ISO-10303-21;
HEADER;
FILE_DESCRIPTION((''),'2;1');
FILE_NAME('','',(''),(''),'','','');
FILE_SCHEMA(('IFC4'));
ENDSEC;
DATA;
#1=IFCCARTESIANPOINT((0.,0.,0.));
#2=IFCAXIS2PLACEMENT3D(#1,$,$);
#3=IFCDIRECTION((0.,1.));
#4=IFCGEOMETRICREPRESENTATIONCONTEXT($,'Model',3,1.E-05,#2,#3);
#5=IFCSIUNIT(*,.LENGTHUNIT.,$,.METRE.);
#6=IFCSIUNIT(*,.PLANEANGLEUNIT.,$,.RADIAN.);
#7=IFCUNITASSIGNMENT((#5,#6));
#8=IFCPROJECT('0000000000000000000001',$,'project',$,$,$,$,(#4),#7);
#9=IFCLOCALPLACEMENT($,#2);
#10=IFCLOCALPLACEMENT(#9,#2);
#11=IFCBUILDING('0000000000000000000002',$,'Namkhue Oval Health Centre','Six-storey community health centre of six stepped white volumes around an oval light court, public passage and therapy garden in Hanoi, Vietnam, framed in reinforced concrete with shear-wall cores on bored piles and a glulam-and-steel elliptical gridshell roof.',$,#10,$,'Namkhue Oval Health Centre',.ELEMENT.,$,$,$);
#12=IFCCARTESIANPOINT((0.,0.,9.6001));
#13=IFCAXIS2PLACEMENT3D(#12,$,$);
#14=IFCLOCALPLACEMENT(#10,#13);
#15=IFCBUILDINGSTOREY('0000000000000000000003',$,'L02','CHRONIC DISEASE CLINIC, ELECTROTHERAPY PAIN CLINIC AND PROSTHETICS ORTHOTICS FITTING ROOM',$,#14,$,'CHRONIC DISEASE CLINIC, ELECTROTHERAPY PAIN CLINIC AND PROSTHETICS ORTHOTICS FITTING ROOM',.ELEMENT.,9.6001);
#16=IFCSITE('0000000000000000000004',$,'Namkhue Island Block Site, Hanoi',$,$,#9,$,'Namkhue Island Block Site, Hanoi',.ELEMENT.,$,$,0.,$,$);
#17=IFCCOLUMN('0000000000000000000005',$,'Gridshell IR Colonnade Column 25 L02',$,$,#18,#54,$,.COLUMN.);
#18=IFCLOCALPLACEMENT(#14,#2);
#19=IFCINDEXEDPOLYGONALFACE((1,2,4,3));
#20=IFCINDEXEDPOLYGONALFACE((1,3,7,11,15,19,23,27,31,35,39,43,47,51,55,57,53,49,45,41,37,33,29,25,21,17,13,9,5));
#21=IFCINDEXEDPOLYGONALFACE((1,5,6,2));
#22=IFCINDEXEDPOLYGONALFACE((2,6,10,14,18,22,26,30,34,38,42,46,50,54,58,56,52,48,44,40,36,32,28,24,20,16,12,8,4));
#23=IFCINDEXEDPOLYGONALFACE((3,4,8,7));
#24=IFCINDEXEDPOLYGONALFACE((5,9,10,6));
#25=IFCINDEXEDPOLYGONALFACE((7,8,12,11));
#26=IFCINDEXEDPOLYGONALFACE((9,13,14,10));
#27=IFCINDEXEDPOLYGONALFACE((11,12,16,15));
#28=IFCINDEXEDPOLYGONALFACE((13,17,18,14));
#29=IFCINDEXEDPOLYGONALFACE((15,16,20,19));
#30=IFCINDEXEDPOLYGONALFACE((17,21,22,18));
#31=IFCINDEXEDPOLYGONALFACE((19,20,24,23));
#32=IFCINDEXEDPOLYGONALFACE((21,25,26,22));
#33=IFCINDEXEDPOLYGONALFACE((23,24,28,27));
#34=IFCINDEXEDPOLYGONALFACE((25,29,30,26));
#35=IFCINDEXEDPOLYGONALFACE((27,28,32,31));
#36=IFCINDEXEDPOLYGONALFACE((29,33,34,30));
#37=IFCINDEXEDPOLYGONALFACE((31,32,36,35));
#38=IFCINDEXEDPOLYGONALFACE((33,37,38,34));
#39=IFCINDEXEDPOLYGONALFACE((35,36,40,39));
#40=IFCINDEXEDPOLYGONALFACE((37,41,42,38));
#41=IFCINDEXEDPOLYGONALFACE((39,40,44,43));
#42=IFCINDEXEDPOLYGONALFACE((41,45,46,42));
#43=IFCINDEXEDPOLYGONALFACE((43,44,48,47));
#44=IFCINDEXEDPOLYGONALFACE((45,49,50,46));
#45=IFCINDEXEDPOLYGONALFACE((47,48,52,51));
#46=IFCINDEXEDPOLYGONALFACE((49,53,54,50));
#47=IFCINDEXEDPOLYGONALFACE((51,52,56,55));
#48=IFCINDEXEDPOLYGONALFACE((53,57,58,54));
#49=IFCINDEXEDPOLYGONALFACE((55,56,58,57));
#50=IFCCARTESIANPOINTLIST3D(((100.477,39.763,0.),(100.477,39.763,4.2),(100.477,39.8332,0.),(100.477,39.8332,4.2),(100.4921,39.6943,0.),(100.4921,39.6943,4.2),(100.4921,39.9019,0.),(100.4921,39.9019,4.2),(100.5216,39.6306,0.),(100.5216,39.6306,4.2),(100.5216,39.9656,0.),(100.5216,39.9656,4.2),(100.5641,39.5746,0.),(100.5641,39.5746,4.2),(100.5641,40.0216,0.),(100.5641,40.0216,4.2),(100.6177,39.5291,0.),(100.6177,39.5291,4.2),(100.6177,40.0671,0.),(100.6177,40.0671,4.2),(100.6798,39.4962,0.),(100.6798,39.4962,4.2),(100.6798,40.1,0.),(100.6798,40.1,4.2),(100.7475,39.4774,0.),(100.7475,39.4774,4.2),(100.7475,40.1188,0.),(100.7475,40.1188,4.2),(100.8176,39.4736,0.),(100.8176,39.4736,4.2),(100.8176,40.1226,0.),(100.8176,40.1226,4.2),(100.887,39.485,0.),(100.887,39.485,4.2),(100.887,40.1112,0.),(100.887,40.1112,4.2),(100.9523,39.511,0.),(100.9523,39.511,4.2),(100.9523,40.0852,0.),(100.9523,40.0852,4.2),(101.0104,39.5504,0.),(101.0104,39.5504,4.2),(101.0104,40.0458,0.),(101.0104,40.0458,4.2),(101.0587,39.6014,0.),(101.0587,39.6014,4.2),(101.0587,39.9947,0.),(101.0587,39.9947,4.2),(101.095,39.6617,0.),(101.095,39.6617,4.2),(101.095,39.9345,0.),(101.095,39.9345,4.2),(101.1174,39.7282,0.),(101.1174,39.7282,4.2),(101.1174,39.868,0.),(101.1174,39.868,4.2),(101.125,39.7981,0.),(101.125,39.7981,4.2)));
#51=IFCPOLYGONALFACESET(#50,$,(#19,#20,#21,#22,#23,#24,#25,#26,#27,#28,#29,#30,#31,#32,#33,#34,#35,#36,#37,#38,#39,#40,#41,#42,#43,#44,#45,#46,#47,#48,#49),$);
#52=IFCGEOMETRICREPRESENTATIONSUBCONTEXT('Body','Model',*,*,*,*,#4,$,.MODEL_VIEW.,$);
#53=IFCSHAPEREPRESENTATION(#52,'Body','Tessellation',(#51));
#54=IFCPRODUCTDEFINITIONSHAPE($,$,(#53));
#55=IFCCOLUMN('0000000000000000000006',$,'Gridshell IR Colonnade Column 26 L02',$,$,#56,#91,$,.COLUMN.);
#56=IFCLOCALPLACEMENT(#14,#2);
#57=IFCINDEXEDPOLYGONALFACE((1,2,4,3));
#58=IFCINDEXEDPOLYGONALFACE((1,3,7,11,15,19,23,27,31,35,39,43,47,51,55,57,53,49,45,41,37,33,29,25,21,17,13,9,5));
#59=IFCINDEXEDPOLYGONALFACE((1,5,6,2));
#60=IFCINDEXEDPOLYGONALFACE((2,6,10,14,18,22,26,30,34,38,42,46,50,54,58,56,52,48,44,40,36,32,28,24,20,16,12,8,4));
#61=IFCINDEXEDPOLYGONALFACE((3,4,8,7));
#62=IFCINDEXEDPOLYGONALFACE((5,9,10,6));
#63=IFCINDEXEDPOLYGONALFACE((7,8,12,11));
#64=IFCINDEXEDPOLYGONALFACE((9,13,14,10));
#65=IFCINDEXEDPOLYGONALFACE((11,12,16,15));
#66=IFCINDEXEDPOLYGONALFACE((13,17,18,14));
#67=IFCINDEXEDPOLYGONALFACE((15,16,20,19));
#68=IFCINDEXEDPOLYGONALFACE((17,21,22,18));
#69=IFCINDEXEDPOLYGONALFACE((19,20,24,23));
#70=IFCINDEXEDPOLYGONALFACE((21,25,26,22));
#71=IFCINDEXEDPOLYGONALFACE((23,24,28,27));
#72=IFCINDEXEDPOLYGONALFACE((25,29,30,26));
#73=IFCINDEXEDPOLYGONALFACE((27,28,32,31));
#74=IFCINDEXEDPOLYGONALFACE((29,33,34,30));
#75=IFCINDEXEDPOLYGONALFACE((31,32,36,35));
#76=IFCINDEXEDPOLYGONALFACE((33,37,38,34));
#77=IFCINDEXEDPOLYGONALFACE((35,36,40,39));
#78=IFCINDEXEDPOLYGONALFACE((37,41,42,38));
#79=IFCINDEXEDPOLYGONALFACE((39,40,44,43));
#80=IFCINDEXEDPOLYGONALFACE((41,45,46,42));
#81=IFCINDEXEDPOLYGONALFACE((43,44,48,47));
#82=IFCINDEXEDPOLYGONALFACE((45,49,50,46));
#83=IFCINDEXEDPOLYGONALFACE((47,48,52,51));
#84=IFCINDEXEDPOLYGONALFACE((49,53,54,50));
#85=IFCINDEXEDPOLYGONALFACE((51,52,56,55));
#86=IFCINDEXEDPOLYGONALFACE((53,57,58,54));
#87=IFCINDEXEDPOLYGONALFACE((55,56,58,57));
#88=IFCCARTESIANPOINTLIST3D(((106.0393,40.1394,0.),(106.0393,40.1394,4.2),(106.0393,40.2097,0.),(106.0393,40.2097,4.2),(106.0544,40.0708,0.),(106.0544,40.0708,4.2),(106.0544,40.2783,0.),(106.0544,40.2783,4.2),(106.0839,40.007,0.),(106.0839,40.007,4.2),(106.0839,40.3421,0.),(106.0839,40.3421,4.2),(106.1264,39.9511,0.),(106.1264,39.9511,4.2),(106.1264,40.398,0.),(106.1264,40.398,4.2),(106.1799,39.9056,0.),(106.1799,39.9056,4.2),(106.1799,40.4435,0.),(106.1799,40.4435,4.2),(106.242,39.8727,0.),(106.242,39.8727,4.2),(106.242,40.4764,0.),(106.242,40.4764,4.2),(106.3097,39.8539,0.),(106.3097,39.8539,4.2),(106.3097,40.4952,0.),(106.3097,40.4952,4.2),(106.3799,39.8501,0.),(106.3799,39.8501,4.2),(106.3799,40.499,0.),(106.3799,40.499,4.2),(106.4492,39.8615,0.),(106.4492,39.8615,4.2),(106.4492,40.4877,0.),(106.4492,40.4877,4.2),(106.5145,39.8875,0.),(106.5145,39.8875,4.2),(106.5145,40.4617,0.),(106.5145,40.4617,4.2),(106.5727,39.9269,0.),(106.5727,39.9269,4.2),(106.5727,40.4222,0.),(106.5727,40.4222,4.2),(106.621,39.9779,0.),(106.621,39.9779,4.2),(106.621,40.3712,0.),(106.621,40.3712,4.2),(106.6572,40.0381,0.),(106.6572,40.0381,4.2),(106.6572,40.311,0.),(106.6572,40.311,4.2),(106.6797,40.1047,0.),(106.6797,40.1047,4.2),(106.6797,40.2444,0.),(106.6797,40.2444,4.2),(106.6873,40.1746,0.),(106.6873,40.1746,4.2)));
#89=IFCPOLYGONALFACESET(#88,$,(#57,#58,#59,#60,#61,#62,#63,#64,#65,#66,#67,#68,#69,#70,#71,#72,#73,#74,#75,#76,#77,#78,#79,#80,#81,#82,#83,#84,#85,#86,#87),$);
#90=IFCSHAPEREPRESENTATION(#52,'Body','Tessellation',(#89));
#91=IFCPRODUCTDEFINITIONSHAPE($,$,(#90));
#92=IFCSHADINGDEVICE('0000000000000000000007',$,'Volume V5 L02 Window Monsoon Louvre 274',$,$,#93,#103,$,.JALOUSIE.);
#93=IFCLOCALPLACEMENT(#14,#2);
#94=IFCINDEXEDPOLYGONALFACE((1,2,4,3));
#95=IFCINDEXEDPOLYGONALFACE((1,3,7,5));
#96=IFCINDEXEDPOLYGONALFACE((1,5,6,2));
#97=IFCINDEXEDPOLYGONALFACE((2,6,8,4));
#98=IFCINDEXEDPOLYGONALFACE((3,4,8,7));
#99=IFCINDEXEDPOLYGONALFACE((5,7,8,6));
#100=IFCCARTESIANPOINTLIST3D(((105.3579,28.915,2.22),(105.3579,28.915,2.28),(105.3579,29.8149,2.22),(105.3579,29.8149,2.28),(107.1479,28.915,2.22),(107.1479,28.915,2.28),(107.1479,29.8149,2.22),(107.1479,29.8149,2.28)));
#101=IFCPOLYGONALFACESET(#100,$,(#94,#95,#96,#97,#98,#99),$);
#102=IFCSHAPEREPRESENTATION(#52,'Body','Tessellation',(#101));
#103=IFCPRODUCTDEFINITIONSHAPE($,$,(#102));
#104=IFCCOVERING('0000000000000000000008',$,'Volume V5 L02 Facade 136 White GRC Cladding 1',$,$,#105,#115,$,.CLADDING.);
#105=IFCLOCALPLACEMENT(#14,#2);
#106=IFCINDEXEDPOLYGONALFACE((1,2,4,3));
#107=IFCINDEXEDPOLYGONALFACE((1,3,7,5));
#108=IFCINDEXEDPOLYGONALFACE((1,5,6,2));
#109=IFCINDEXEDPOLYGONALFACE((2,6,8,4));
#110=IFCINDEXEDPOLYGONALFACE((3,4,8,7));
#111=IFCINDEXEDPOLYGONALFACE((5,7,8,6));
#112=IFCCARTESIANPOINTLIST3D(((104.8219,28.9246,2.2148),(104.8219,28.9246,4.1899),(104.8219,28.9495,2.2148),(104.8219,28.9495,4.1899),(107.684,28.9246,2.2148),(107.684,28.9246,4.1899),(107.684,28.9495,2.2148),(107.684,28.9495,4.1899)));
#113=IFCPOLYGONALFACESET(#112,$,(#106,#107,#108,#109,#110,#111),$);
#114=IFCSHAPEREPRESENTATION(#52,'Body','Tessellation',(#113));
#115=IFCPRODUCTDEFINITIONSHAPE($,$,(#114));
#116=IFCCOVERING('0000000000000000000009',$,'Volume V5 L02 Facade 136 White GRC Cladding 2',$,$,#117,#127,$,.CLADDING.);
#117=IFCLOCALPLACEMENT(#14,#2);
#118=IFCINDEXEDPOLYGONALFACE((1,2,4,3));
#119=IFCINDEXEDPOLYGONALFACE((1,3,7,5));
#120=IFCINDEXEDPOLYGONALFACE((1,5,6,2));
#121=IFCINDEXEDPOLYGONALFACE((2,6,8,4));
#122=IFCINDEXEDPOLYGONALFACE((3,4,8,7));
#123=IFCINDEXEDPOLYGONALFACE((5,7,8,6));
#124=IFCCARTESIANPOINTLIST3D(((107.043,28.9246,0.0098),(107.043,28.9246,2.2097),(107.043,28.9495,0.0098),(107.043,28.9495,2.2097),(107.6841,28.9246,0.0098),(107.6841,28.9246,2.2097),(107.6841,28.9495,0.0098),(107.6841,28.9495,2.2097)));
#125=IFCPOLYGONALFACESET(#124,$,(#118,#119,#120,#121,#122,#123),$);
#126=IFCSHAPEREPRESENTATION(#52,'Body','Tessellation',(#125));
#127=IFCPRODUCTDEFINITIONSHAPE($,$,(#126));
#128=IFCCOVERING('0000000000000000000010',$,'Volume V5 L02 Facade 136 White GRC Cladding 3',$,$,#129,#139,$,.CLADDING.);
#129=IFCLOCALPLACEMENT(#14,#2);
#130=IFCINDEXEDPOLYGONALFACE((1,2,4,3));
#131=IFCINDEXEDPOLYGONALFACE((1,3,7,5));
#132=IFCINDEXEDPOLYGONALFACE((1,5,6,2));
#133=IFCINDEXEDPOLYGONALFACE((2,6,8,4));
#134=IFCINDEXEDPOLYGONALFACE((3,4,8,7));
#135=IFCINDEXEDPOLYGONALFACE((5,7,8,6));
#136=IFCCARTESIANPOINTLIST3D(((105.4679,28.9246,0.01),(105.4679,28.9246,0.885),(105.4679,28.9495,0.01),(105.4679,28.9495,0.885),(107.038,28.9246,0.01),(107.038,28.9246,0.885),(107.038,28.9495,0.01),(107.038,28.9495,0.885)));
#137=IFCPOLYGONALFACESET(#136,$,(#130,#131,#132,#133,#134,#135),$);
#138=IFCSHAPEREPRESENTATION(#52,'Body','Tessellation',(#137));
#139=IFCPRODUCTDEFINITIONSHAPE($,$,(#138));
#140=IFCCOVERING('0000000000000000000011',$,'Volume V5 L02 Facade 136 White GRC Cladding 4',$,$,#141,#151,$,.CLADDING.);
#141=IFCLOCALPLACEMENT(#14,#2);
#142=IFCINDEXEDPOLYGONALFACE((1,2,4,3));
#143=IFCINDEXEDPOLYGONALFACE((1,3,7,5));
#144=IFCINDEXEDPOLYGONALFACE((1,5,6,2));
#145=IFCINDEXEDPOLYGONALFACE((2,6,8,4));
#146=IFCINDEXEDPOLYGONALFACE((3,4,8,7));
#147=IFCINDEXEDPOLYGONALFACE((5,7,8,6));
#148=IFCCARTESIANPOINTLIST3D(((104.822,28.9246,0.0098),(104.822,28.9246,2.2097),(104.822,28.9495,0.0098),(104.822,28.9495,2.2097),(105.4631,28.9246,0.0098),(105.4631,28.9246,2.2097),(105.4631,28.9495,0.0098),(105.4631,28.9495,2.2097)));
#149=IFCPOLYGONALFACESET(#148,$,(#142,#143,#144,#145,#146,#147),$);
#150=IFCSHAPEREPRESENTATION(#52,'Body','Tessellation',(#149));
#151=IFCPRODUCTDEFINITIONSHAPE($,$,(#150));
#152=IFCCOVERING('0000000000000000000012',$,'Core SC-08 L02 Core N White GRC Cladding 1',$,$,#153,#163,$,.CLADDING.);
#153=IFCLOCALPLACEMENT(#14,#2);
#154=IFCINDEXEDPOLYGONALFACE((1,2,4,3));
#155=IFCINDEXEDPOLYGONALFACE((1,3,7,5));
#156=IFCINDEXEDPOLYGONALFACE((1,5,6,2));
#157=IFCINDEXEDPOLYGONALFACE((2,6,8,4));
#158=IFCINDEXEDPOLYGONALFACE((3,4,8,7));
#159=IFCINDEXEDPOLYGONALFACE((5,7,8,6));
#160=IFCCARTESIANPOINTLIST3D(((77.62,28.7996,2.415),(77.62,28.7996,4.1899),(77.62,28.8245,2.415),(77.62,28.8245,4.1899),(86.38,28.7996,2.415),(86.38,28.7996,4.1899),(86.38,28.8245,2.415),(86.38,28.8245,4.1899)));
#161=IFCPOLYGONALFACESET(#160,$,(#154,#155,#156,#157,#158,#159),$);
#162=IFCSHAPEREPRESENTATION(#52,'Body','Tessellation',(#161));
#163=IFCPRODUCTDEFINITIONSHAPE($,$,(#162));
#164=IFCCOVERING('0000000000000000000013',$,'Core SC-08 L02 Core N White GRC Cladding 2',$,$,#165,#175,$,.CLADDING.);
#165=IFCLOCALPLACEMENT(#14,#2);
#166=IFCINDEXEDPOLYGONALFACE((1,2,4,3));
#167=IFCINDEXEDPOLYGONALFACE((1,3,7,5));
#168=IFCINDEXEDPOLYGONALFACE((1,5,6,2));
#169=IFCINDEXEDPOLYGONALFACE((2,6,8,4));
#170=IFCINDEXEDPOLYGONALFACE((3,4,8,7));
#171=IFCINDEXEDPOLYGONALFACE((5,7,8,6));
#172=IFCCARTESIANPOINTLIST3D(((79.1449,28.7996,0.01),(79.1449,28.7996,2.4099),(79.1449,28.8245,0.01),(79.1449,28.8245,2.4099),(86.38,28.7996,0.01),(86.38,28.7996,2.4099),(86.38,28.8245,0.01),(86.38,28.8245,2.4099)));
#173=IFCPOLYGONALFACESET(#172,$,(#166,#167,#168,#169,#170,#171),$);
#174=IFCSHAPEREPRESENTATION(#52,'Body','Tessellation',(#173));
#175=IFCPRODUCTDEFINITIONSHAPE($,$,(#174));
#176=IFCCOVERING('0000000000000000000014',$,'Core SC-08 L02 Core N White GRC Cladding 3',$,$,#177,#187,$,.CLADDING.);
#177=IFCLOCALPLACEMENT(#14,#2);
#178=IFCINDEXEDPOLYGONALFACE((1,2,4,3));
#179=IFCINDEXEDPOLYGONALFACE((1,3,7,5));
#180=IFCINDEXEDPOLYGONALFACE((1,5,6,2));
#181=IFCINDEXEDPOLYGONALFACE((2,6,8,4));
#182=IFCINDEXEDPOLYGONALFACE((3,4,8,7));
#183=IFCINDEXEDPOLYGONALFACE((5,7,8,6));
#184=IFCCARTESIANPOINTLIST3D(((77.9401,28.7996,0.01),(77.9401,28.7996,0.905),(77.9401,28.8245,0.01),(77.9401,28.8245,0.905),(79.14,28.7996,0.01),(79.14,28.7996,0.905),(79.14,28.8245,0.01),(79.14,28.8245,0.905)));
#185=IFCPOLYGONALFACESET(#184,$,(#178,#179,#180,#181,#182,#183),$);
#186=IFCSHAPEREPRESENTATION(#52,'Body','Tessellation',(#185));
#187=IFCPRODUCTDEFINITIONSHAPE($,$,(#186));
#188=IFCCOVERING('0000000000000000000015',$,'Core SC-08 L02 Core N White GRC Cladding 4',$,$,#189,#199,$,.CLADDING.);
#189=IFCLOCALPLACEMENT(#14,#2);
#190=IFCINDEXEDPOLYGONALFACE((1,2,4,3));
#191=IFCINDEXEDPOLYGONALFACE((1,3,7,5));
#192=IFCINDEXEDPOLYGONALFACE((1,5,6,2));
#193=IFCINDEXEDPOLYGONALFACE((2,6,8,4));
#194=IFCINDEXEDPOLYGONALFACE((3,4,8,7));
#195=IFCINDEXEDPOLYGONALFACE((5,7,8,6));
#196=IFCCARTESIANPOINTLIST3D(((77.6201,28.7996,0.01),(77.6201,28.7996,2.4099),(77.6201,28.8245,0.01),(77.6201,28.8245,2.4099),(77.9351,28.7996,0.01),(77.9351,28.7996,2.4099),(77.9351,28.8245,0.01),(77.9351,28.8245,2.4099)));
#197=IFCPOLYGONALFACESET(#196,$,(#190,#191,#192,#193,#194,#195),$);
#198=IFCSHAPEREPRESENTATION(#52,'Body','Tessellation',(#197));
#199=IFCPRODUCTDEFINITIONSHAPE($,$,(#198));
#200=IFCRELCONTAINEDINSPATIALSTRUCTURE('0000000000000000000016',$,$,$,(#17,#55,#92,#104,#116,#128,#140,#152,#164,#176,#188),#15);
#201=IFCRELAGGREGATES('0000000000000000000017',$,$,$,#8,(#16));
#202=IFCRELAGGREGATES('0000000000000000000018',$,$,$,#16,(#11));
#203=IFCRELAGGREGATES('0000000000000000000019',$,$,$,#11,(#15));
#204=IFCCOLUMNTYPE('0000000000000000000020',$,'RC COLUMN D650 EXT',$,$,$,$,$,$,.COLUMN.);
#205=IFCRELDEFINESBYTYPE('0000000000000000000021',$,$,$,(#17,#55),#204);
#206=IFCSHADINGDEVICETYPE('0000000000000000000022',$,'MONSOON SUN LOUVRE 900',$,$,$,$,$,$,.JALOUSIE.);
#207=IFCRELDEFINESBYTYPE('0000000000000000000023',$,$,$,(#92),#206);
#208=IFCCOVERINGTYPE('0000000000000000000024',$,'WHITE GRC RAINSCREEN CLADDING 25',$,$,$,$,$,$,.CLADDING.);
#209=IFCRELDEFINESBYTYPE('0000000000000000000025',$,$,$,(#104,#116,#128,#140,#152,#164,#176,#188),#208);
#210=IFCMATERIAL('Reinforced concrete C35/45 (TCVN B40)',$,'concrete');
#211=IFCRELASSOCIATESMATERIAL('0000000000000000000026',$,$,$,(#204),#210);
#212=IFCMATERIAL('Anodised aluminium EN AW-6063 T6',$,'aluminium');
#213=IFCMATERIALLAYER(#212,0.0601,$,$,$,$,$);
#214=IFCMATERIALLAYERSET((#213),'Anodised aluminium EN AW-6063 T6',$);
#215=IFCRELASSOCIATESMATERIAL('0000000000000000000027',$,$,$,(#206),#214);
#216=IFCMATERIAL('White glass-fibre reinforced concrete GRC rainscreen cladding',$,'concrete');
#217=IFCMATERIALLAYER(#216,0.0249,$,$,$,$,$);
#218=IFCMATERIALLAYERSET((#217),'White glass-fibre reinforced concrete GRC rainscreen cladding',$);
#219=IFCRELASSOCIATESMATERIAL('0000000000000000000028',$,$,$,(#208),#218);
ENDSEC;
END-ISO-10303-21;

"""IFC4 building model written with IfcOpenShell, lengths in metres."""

from ifc_helpers import new_model, si_unit, direction, frame, origin, origin_2d, place, context, subcontext, project, spatial, rectangle, circle, extrude, material, layer, layer_set, material_profile, profile_set, type_object, element, save


model = new_model("IFC4")

# Units and contexts
model_context = context("Model", 3, precision=1e-05, world=origin(), true_north=direction((0.0, 1.0)))
body_context = subcontext(model_context, "Body", "Model", "MODEL_VIEW")
ifc_project = project(units=[si_unit("LENGTHUNIT", "METRE"), si_unit("PLANEANGLEUNIT", "RADIAN")], contexts=[model_context])

# Site, building, storey
site_placement = place(None, origin())
site = spatial("IfcSite", under=ifc_project, at=site_placement, Name="Namkhue Island Block Site, Hanoi", LongName="Namkhue Island Block Site, Hanoi", CompositionType="ELEMENT", RefElevation=0.0)
building_placement = place(site_placement, origin())
building = spatial("IfcBuilding", under=site, at=building_placement, Name="Namkhue Oval Health Centre", Description="Six-storey community health centre of six stepped white volumes around an oval light court, public passage and therapy garden in Hanoi, Vietnam, framed in reinforced concrete with shear-wall cores on bored piles and a glulam-and-steel elliptical gridshell roof.", LongName="Namkhue Oval Health Centre", CompositionType="ELEMENT")
storey_placement = place(building_placement, frame((0.0, 0.0, 9.6001)))
storey = spatial("IfcBuildingStorey", under=building, at=storey_placement, Name="L02", Description="CHRONIC DISEASE CLINIC, ELECTROTHERAPY PAIN CLINIC AND PROSTHETICS ORTHOTICS FITTING ROOM", LongName="CHRONIC DISEASE CLINIC, ELECTROTHERAPY PAIN CLINIC AND PROSTHETICS ORTHOTICS FITTING ROOM", CompositionType="ELEMENT", Elevation=9.6001)

# Columns
ifc_material_1 = material(Name="Reinforced concrete C35/45 (TCVN B40)", Category="concrete")
ifc_material_profile = material_profile(ifc_material_1, circle(Radius=0.325, at=origin_2d()), Name="RC D650")
ifc_profile_set = profile_set([ifc_material_profile], Name="Reinforced concrete C35/45 (TCVN B40)")
column_type = type_object("IfcColumnType", Name="RC COLUMN D650 EXT", PredefinedType="COLUMN", material=ifc_profile_set)
for number, where, z_axis, x_axis, name in (
    (1, (100.8, 39.7981, 0.0), (0.0, 0.0, 1.0), (1.0, 0.0, 0.0), "Gridshell IR Colonnade Column 25 L02"),
    (2, (106.3623, 40.1746, 0.0), (0.0, 0.0, 1.0), (1.0, 0.0, 0.0), "Gridshell IR Colonnade Column 26 L02"),
):
    element("IfcColumn", number, at=place(storey_placement, frame(where, z_axis=z_axis, x_axis=x_axis)), inside=storey, type_object=column_type, Name=name, PredefinedType="COLUMN", context=body_context, shape_type="SweptSolid", body=[
        extrude(circle(Radius=0.325, at=origin_2d()), origin(), (0.0, 0.0, 1.0), 4.2),
    ])

# Shading device
ifc_material_2 = material(Name="Anodised aluminium EN AW-6063 T6", Category="aluminium")
ifc_layer_1 = layer(ifc_material_2, 0.0601)
ifc_layer_set_1 = layer_set([ifc_layer_1], Name="Anodised aluminium EN AW-6063 T6")
shading_device_type = type_object("IfcShadingDeviceType", Name="MONSOON SUN LOUVRE 900", PredefinedType="JALOUSIE", material=ifc_layer_set_1)
shading_device_placement = place(storey_placement, frame((106.2529, 29.365, 2.22), z_axis=(0.0, 0.0, 1.0), x_axis=(-1.0, 0.0, 0.0)))
element("IfcShadingDevice", 3, at=shading_device_placement, inside=storey, type_object=shading_device_type, Name="Volume V5 L02 Window Monsoon Louvre 274", PredefinedType="JALOUSIE", context=body_context, shape_type="SweptSolid", body=[
    extrude(rectangle(XDim=1.79, YDim=0.8999, at=origin_2d()), origin(), (0.0, 0.0, 1.0), 0.0601),
])

# Coverings
ifc_material_3 = material(Name="White glass-fibre reinforced concrete GRC rainscreen cladding", Category="concrete")
ifc_layer_2 = layer(ifc_material_3, 0.0249)
ifc_layer_set_2 = layer_set([ifc_layer_2], Name="White glass-fibre reinforced concrete GRC rainscreen cladding")
covering_type = type_object("IfcCoveringType", Name="WHITE GRC RAINSCREEN CLADDING 25", PredefinedType="CLADDING", material=ifc_layer_set_2)
covering_1_placement = place(storey_placement, frame((106.2529, 28.937, 2.2148), z_axis=(0.0, 0.0, 1.0), x_axis=(-1.0, 0.0, 0.0)))
element("IfcCovering", 4, at=covering_1_placement, inside=storey, type_object=covering_type, Name="Volume V5 L02 Facade 136 White GRC Cladding 1", PredefinedType="CLADDING", context=body_context, shape_type="SweptSolid", body=[
    extrude(rectangle(XDim=2.8621, YDim=0.0249, at=origin_2d()), origin(), (0.0, 0.0, 1.0), 1.9751),
])
covering_2_placement = place(storey_placement, frame((107.3635, 28.937, 0.0098), z_axis=(0.0, 0.0, 1.0), x_axis=(-1.0, 0.0, 0.0)))
element("IfcCovering", 5, at=covering_2_placement, inside=storey, type_object=covering_type, Name="Volume V5 L02 Facade 136 White GRC Cladding 2", PredefinedType="CLADDING", context=body_context, shape_type="SweptSolid", body=[
    extrude(rectangle(XDim=0.6411, YDim=0.0249, at=origin_2d()), origin(), (0.0, 0.0, 1.0), 2.2),
])
covering_3_placement = place(storey_placement, frame((106.2529, 28.937, 0.01), z_axis=(0.0, 0.0, 1.0), x_axis=(-1.0, 0.0, 0.0)))
element("IfcCovering", 6, at=covering_3_placement, inside=storey, type_object=covering_type, Name="Volume V5 L02 Facade 136 White GRC Cladding 3", PredefinedType="CLADDING", context=body_context, shape_type="SweptSolid", body=[
    extrude(rectangle(XDim=1.5701, YDim=0.0249, at=origin_2d()), origin(), (0.0, 0.0, 1.0), 0.875),
])
covering_4_placement = place(storey_placement, frame((105.1426, 28.937, 0.0098), z_axis=(0.0, 0.0, 1.0), x_axis=(-1.0, 0.0, 0.0)))
element("IfcCovering", 7, at=covering_4_placement, inside=storey, type_object=covering_type, Name="Volume V5 L02 Facade 136 White GRC Cladding 4", PredefinedType="CLADDING", context=body_context, shape_type="SweptSolid", body=[
    extrude(rectangle(XDim=0.6411, YDim=0.0249, at=origin_2d()), origin(), (0.0, 0.0, 1.0), 2.2),
])
covering_5_placement = place(storey_placement, frame((82.0, 28.812, 2.415), z_axis=(0.0, 0.0, 1.0), x_axis=(-1.0, 0.0, 0.0)))
element("IfcCovering", 8, at=covering_5_placement, inside=storey, type_object=covering_type, Name="Core SC-08 L02 Core N White GRC Cladding 1", PredefinedType="CLADDING", context=body_context, shape_type="SweptSolid", body=[
    extrude(rectangle(XDim=8.76, YDim=0.0249, at=origin_2d()), origin(), (0.0, 0.0, 1.0), 1.7749),
])
covering_6_placement = place(storey_placement, frame((82.7625, 28.812, 0.01), z_axis=(0.0, 0.0, 1.0), x_axis=(-1.0, 0.0, 0.0)))
element("IfcCovering", 9, at=covering_6_placement, inside=storey, type_object=covering_type, Name="Core SC-08 L02 Core N White GRC Cladding 2", PredefinedType="CLADDING", context=body_context, shape_type="SweptSolid", body=[
    extrude(rectangle(XDim=7.2351, YDim=0.0249, at=origin_2d()), origin(), (0.0, 0.0, 1.0), 2.3999),
])
covering_7_placement = place(storey_placement, frame((78.54, 28.812, 0.01), z_axis=(0.0, 0.0, 1.0), x_axis=(-1.0, 0.0, 0.0)))
element("IfcCovering", 10, at=covering_7_placement, inside=storey, type_object=covering_type, Name="Core SC-08 L02 Core N White GRC Cladding 3", PredefinedType="CLADDING", context=body_context, shape_type="SweptSolid", body=[
    extrude(rectangle(XDim=1.2, YDim=0.0249, at=origin_2d()), origin(), (0.0, 0.0, 1.0), 0.895),
])
covering_8_placement = place(storey_placement, frame((77.7776, 28.812, 0.01), z_axis=(0.0, 0.0, 1.0), x_axis=(-1.0, 0.0, 0.0)))
element("IfcCovering", 11, at=covering_8_placement, inside=storey, type_object=covering_type, Name="Core SC-08 L02 Core N White GRC Cladding 4", PredefinedType="CLADDING", context=body_context, shape_type="SweptSolid", body=[
    extrude(rectangle(XDim=0.3149, YDim=0.0249, at=origin_2d()), origin(), (0.0, 0.0, 1.0), 2.3999),
])

save(model, "model.ifc")
